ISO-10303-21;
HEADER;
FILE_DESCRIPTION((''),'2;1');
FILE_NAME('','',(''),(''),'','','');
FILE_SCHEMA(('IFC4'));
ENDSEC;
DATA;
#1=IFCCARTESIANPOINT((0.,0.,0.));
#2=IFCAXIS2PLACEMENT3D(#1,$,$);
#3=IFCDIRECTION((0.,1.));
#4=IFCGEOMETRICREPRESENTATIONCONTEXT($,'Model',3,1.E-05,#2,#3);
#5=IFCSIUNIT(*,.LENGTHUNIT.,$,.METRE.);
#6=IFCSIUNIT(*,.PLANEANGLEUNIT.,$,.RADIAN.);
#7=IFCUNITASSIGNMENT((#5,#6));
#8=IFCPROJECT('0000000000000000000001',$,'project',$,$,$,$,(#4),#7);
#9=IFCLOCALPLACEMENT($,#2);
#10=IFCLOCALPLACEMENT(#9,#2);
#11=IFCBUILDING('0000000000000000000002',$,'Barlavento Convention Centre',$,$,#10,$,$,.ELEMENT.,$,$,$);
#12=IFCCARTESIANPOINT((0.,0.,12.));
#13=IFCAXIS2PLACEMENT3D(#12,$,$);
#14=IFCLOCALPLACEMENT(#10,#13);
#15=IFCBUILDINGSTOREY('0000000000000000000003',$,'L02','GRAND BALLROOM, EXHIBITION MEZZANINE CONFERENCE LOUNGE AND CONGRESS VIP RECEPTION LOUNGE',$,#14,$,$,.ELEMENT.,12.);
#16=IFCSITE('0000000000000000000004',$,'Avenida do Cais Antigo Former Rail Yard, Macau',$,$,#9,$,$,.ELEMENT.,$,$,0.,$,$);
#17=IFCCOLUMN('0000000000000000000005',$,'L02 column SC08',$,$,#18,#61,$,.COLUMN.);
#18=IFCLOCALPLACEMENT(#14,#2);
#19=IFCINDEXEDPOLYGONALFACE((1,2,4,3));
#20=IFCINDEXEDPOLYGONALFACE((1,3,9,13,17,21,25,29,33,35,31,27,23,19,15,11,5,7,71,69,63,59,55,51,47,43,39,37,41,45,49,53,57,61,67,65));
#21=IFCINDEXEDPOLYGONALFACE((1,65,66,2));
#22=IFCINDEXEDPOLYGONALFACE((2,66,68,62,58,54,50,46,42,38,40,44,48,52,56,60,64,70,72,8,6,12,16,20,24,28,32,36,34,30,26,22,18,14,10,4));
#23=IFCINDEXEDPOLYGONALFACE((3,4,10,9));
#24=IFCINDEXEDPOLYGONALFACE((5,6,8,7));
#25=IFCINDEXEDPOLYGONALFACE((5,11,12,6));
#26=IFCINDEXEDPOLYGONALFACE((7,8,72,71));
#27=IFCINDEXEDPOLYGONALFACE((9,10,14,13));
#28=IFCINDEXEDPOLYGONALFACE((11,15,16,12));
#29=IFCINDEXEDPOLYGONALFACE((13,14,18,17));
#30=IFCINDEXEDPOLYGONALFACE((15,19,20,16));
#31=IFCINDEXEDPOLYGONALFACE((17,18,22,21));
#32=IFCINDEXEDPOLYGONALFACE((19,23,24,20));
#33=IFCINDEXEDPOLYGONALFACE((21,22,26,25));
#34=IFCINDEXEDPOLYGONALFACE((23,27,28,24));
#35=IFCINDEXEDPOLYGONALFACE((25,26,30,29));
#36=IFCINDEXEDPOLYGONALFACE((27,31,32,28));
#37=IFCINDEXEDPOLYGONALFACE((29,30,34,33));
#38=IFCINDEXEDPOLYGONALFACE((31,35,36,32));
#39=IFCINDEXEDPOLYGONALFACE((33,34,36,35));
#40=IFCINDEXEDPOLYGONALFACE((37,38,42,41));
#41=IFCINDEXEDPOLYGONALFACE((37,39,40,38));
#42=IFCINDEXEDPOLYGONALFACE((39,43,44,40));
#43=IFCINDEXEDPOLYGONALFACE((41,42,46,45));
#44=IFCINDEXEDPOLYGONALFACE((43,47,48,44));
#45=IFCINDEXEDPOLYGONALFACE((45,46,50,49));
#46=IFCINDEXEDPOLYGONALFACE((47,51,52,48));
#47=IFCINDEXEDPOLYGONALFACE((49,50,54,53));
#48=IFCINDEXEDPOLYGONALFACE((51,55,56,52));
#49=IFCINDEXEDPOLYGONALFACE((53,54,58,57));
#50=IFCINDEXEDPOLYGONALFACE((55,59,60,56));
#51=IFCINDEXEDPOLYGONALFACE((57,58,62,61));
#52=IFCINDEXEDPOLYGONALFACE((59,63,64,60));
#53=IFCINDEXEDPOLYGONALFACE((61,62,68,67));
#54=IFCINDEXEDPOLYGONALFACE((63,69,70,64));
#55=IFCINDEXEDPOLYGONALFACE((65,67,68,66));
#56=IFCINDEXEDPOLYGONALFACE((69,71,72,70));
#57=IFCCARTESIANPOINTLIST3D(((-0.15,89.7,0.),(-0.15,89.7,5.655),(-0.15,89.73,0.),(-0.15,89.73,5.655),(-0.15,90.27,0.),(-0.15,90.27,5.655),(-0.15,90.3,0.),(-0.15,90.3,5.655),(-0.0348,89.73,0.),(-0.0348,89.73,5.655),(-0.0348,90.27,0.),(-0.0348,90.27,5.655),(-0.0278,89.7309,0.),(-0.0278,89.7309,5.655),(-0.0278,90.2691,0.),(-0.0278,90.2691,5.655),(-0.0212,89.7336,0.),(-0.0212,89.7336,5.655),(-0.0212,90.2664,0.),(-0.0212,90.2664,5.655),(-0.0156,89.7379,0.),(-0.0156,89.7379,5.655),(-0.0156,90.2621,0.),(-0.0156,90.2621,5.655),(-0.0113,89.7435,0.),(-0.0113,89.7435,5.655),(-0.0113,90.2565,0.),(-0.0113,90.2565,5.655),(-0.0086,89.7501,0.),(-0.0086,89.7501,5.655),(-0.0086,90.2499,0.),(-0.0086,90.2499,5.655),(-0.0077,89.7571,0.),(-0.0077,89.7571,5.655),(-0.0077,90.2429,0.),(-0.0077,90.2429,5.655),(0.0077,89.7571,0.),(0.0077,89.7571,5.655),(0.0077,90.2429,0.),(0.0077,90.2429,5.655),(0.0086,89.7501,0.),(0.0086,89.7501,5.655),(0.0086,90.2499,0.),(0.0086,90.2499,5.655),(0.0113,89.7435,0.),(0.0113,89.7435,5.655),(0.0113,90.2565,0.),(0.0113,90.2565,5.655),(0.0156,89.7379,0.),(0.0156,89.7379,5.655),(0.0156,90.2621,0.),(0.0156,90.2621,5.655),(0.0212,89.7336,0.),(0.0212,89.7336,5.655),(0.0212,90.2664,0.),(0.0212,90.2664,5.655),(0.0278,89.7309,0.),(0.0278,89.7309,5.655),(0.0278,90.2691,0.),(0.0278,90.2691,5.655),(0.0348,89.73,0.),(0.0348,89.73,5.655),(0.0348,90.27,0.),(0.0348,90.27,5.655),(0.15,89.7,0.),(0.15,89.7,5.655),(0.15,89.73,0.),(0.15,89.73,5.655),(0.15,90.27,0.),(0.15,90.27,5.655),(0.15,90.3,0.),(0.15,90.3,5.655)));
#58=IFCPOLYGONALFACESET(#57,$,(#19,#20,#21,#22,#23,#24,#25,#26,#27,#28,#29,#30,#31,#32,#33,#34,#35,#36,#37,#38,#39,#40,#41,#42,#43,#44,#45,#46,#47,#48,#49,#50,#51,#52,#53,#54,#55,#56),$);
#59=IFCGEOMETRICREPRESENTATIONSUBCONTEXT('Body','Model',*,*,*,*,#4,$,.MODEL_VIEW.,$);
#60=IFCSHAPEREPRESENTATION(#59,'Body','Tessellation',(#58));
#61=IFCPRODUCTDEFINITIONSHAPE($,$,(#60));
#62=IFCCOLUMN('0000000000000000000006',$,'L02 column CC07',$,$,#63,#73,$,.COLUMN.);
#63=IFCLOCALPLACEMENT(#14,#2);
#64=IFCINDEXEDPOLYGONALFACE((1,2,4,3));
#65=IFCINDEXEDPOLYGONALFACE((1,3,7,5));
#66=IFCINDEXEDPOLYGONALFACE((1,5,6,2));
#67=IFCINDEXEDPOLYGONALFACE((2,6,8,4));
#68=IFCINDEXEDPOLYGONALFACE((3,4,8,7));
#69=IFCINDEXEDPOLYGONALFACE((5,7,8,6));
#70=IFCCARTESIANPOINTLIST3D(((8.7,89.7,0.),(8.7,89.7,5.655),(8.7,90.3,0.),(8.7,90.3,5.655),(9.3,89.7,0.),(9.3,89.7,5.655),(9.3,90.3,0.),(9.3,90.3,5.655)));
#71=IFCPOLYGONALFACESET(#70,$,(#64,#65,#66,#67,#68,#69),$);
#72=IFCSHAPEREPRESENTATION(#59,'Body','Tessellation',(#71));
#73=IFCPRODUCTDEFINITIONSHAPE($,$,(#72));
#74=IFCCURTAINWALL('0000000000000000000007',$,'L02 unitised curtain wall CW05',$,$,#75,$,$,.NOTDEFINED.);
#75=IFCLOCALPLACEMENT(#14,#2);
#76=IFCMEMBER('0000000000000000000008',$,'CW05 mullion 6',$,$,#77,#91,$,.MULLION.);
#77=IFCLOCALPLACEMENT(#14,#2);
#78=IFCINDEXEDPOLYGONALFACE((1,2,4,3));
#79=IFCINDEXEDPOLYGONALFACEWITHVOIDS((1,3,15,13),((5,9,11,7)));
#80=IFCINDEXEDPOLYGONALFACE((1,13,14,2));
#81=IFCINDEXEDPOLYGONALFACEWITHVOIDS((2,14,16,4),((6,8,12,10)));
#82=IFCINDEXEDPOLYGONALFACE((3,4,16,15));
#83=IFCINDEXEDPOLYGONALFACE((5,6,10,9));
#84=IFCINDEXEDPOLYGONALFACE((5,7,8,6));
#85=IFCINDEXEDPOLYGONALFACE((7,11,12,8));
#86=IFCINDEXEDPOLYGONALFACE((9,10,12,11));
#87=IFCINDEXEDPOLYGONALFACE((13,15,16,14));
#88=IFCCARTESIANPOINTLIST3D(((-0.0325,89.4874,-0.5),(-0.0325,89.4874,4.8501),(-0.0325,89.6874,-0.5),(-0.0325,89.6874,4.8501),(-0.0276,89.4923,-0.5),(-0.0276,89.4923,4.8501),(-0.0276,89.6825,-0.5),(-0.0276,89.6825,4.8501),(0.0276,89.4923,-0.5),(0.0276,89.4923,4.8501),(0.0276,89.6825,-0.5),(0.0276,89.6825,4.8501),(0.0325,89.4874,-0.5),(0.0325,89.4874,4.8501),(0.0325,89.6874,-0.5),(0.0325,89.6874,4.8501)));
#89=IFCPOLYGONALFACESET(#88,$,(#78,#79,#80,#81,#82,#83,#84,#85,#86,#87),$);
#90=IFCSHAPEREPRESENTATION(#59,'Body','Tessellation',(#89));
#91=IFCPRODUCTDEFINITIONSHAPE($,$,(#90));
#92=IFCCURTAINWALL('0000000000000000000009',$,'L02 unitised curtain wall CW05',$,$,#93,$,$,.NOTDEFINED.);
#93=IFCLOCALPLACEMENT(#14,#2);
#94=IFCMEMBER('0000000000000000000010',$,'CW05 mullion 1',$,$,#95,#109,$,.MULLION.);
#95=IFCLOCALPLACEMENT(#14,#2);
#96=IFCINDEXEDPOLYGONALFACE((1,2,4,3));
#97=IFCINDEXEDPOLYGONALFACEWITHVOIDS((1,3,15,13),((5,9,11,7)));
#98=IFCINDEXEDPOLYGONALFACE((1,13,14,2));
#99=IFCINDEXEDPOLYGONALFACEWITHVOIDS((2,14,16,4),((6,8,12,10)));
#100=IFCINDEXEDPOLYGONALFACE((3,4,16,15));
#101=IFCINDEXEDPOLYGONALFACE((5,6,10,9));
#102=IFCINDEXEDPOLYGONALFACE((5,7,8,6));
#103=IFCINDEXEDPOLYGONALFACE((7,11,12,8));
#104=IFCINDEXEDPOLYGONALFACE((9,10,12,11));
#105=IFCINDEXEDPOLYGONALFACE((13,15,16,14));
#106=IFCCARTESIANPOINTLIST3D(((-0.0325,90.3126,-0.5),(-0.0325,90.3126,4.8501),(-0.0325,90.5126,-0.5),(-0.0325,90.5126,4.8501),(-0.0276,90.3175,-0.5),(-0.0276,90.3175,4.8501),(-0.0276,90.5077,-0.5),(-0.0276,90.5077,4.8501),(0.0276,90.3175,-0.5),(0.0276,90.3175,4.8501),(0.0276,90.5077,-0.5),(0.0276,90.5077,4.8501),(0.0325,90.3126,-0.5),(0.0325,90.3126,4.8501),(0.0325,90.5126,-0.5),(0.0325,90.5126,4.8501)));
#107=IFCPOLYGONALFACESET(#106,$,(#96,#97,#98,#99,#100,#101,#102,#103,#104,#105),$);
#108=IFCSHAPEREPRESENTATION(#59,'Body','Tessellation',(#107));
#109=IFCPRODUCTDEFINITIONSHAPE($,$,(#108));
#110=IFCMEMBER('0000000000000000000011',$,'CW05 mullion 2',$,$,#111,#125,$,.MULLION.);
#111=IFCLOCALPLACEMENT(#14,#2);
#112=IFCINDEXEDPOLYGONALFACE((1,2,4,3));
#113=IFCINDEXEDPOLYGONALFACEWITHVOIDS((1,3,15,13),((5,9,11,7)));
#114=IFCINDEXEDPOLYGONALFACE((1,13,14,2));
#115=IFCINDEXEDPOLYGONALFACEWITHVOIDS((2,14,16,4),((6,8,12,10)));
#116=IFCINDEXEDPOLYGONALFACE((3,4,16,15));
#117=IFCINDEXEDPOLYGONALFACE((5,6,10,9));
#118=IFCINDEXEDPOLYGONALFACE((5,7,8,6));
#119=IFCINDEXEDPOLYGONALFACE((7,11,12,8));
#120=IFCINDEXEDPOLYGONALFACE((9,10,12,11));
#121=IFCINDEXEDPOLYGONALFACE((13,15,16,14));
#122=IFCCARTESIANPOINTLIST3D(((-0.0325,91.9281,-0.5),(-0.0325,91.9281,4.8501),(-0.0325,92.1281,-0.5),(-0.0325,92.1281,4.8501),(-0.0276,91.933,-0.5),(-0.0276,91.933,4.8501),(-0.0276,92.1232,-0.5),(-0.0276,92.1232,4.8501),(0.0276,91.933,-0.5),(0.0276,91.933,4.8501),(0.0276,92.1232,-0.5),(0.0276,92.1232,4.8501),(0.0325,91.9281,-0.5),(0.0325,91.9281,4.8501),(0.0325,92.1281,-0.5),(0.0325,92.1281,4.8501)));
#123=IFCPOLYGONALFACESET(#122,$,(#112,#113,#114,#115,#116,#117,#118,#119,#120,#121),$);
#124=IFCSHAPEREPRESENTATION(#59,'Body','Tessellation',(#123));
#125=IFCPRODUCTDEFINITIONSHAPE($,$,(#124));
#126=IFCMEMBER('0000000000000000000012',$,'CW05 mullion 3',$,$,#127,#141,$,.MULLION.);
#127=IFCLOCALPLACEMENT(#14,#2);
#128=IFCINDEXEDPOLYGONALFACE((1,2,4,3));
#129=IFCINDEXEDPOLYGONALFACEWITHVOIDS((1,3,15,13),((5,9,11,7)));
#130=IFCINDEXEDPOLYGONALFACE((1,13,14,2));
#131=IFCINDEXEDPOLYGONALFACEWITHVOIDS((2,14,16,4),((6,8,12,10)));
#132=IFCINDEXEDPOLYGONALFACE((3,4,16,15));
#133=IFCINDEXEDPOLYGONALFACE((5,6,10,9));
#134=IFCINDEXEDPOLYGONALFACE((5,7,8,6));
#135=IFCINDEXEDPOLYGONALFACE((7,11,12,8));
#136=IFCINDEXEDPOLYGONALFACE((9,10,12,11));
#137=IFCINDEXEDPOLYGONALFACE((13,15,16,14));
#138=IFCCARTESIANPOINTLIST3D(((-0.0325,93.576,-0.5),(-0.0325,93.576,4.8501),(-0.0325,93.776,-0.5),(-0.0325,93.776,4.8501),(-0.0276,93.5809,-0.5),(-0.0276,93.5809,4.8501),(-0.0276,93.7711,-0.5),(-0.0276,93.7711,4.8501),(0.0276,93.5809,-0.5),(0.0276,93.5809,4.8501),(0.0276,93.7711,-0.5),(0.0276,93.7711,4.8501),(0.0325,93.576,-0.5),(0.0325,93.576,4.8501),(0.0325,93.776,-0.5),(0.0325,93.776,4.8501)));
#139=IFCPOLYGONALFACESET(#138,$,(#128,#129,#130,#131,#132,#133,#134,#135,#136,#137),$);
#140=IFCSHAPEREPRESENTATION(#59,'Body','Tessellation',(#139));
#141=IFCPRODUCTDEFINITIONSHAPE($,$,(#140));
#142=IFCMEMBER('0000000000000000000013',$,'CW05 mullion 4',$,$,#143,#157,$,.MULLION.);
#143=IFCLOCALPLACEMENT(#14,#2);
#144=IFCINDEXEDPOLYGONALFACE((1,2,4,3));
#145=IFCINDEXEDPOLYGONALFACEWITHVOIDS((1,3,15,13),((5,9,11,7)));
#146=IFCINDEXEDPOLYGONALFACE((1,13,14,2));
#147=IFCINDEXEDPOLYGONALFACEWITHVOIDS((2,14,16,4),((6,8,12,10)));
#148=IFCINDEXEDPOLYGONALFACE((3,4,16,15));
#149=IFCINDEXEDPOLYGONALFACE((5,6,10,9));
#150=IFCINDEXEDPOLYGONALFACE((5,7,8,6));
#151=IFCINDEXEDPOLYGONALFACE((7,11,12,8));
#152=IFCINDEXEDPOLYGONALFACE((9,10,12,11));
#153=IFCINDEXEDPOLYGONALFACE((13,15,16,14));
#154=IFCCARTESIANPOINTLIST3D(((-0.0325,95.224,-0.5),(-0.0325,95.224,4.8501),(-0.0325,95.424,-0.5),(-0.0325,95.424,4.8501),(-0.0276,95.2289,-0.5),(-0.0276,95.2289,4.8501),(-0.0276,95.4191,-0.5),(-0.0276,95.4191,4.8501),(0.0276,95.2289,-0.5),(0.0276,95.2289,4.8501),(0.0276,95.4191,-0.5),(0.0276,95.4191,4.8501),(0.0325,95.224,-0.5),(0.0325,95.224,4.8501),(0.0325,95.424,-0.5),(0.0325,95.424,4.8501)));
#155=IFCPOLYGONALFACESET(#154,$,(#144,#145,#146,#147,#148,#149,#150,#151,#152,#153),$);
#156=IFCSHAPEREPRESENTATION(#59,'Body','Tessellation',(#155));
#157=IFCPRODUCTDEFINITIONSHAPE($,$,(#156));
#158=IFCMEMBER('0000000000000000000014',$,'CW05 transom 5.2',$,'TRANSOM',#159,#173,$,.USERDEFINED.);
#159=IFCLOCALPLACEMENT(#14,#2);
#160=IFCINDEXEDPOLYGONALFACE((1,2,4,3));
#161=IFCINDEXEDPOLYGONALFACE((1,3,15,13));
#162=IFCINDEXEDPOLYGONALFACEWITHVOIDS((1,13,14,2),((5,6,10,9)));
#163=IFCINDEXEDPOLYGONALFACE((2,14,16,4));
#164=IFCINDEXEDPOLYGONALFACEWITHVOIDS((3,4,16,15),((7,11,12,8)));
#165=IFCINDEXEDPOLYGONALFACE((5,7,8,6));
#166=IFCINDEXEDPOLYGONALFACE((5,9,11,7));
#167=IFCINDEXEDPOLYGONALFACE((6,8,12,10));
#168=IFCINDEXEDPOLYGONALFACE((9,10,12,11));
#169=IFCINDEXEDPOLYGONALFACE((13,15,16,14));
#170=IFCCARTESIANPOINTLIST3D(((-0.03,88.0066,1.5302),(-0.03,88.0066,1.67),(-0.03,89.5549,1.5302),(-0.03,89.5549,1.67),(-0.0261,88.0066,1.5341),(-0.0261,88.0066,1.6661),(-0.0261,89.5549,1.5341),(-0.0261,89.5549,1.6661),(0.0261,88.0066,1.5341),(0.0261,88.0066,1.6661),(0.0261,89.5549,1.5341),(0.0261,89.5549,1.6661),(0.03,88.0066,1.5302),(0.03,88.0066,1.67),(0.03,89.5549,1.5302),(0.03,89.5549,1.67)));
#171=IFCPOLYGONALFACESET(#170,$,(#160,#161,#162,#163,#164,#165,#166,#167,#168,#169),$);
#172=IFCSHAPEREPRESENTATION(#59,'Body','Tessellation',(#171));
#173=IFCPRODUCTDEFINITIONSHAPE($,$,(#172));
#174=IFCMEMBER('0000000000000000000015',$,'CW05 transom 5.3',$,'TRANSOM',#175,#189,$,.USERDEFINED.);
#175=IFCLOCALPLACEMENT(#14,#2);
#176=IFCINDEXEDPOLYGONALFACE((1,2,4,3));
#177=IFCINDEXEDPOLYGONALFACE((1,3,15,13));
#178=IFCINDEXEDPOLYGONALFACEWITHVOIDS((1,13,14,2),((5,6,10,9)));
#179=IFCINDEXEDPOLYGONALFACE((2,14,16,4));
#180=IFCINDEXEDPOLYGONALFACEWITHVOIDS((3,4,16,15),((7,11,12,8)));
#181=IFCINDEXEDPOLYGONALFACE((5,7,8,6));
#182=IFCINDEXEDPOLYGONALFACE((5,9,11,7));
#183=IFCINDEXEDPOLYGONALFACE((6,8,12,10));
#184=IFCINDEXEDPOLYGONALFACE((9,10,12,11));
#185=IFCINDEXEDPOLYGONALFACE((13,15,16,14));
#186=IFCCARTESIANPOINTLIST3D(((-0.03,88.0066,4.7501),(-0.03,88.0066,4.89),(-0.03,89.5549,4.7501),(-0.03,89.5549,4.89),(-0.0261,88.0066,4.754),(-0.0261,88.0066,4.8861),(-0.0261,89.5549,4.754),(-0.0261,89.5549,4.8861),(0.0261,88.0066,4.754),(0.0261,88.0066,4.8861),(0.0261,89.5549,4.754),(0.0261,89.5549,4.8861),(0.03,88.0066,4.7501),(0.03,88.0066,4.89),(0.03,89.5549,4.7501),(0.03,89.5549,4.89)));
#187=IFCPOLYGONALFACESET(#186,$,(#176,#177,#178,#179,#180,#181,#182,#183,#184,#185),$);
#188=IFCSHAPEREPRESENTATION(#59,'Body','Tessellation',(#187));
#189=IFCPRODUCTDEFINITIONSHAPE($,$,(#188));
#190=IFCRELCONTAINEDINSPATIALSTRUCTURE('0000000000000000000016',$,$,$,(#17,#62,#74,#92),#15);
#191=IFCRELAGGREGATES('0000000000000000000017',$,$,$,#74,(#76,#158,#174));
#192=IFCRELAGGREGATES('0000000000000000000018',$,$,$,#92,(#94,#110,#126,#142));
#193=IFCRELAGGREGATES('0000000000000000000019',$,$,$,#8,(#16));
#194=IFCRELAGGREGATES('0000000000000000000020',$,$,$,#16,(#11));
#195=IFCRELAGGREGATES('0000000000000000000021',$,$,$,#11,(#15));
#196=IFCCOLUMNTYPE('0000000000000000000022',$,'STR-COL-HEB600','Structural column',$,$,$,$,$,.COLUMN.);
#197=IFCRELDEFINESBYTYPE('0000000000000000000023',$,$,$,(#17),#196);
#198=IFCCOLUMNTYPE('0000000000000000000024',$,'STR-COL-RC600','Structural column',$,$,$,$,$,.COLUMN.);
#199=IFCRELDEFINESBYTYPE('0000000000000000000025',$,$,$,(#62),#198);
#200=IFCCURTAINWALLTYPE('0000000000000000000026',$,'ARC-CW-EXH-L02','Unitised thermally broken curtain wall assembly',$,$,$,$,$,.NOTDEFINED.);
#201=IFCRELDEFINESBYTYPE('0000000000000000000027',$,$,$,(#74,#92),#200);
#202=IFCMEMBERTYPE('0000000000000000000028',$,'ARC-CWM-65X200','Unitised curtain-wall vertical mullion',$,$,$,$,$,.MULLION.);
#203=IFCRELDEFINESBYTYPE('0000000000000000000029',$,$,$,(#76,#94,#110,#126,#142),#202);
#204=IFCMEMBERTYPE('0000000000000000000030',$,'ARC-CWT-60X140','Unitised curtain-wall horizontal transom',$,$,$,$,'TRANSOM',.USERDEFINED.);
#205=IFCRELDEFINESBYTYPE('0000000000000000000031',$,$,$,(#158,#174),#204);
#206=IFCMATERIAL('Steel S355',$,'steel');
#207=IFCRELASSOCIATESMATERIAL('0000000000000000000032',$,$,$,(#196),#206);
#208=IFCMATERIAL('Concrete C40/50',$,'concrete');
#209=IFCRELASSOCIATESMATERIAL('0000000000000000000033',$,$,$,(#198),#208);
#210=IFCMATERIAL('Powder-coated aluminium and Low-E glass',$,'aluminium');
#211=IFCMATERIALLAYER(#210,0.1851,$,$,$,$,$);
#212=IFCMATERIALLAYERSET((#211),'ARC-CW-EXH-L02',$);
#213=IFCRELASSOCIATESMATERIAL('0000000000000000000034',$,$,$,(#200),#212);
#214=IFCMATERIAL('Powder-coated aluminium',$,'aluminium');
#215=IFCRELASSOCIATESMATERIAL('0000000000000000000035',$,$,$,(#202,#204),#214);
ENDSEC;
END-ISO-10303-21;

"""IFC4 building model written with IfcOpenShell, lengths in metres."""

from ifc_helpers import new_model, si_unit, direction, frame, origin, origin_2d, place, context, subcontext, project, spatial, rectangle, hollow_rectangle, i_section, extrude, material, layer, layer_set, material_profile, profile_set, type_object, element, aggregate, save


model = new_model("IFC4")

# Units and contexts
model_context = context("Model", 3, precision=1e-05, world=origin(), true_north=direction((0.0, 1.0)))
body_context = subcontext(model_context, "Body", "Model", "MODEL_VIEW")
ifc_project = project(units=[si_unit("LENGTHUNIT", "METRE"), si_unit("PLANEANGLEUNIT", "RADIAN")], contexts=[model_context])

# Site, building, storey
site_placement = place(None, origin())
site = spatial("IfcSite", under=ifc_project, at=site_placement, Name="Avenida do Cais Antigo Former Rail Yard, Macau", CompositionType="ELEMENT", RefElevation=0.0)
building_placement = place(site_placement, origin())
building = spatial("IfcBuilding", under=site, at=building_placement, Name="Barlavento Convention Centre", CompositionType="ELEMENT")
storey_placement = place(building_placement, frame((0.0, 0.0, 12.0)))
storey = spatial("IfcBuildingStorey", under=building, at=storey_placement, Name="L02", Description="GRAND BALLROOM, EXHIBITION MEZZANINE CONFERENCE LOUNGE AND CONGRESS VIP RECEPTION LOUNGE", CompositionType="ELEMENT", Elevation=12.0)

# Columns
ifc_material_1 = material(Name="Steel S355", Category="steel")
ifc_material_profile_1 = material_profile(ifc_material_1, i_section(OverallWidth=0.3, OverallDepth=0.6001, WebThickness=0.0154, FlangeThickness=0.03, FilletRadius=0.0271, at=origin_2d()), Name="HEB 600")
ifc_profile_set_1 = profile_set([ifc_material_profile_1], Name="Steel S355")
column_type_1 = type_object("IfcColumnType", Name="STR-COL-HEB600", Description="Structural column", PredefinedType="COLUMN", material=ifc_profile_set_1)
column_1_placement = place(storey_placement, frame((0.0, 90.0, 0.0), z_axis=(0.0, 0.0, 1.0), x_axis=(1.0, 0.0, 0.0)))
element("IfcColumn", 1, at=column_1_placement, inside=storey, type_object=column_type_1, Name="L02 column SC08", PredefinedType="COLUMN", context=body_context, shape_type="SweptSolid", body=[
    extrude(i_section(OverallWidth=0.3, OverallDepth=0.6001, WebThickness=0.0154, FlangeThickness=0.03, FilletRadius=0.0271, at=origin_2d()), origin(), (0.0, 0.0, 1.0), 5.655),
])
ifc_material_2 = material(Name="Concrete C40/50", Category="concrete")
ifc_material_profile_2 = material_profile(ifc_material_2, rectangle(XDim=0.6001, YDim=0.6001, at=origin_2d()), Name="RC 600x600")
ifc_profile_set_2 = profile_set([ifc_material_profile_2], Name="Concrete C40/50")
column_type_2 = type_object("IfcColumnType", Name="STR-COL-RC600", Description="Structural column", PredefinedType="COLUMN", material=ifc_profile_set_2)
column_2_placement = place(storey_placement, frame((9.0, 90.0, 0.0), z_axis=(0.0, 0.0, 1.0), x_axis=(1.0, 0.0, 0.0)))
element("IfcColumn", 2, at=column_2_placement, inside=storey, type_object=column_type_2, Name="L02 column CC07", PredefinedType="COLUMN", context=body_context, shape_type="SweptSolid", body=[
    extrude(rectangle(XDim=0.6001, YDim=0.6001, at=origin_2d()), origin(), (0.0, 0.0, 1.0), 5.655),
])

# Curtain wall, member
ifc_material_3 = material(Name="Powder-coated aluminium and Low-E glass", Category="aluminium")
ifc_layer_1 = layer(ifc_material_3, 0.1851)
ifc_layer_set_1 = layer_set([ifc_layer_1], Name="ARC-CW-EXH-L02")
curtain_wall_type = type_object("IfcCurtainWallType", Name="ARC-CW-EXH-L02", Description="Unitised thermally broken curtain wall assembly", PredefinedType="NOTDEFINED", material=ifc_layer_set_1)
curtain_wall_1_placement = place(storey_placement, origin())
curtain_wall_1 = element("IfcCurtainWall", 3, at=curtain_wall_1_placement, inside=storey, type_object=curtain_wall_type, Name="L02 unitised curtain wall CW05", PredefinedType="NOTDEFINED")
ifc_material_4 = material(Name="Powder-coated aluminium", Category="aluminium")
ifc_material_profile_3 = material_profile(ifc_material_4, hollow_rectangle(XDim=0.0649, YDim=0.2, WallThickness=0.0049, at=origin_2d()), Name="AL-MULL 65x200x5")
ifc_profile_set_3 = profile_set([ifc_material_profile_3], Name="Powder-coated aluminium")
member_type_1 = type_object("IfcMemberType", Name="ARC-CWM-65X200", Description="Unitised curtain-wall vertical mullion", PredefinedType="MULLION", material=ifc_profile_set_3)
member_1_placement = place(storey_placement, frame((0.0, 89.5874, -0.5), z_axis=(0.0, 0.0, 1.0), x_axis=(-1.0, 0.0, 0.0)))
member_1 = element("IfcMember", 4, at=member_1_placement, type_object=member_type_1, Name="CW05 mullion 6", PredefinedType="MULLION", context=body_context, shape_type="SweptSolid", body=[
    extrude(hollow_rectangle(XDim=0.0649, YDim=0.2, WallThickness=0.0049, at=origin_2d()), origin(), (0.0, 0.0, 1.0), 5.3501),
])

# Curtain wall, members
curtain_wall_2_placement = place(storey_placement, origin())
curtain_wall_2 = element("IfcCurtainWall", 5, at=curtain_wall_2_placement, inside=storey, type_object=curtain_wall_type, Name="L02 unitised curtain wall CW05", PredefinedType="NOTDEFINED")
member_2_placement = place(storey_placement, frame((0.0, 90.4126, -0.5), z_axis=(0.0, 0.0, 1.0), x_axis=(-1.0, 0.0, 0.0)))
member_2 = element("IfcMember", 6, at=member_2_placement, type_object=member_type_1, Name="CW05 mullion 1", PredefinedType="MULLION", context=body_context, shape_type="SweptSolid", body=[
    extrude(hollow_rectangle(XDim=0.0649, YDim=0.2, WallThickness=0.0049, at=origin_2d()), origin(), (0.0, 0.0, 1.0), 5.3501),
])
member_3_placement = place(storey_placement, frame((0.0, 92.0281, -0.5), z_axis=(0.0, 0.0, 1.0), x_axis=(-1.0, 0.0, 0.0)))
member_3 = element("IfcMember", 7, at=member_3_placement, type_object=member_type_1, Name="CW05 mullion 2", PredefinedType="MULLION", context=body_context, shape_type="SweptSolid", body=[
    extrude(hollow_rectangle(XDim=0.0649, YDim=0.2, WallThickness=0.0049, at=origin_2d()), origin(), (0.0, 0.0, 1.0), 5.3501),
])
member_4_placement = place(storey_placement, frame((0.0, 93.676, -0.5), z_axis=(0.0, 0.0, 1.0), x_axis=(-1.0, 0.0, 0.0)))
member_4 = element("IfcMember", 8, at=member_4_placement, type_object=member_type_1, Name="CW05 mullion 3", PredefinedType="MULLION", context=body_context, shape_type="SweptSolid", body=[
    extrude(hollow_rectangle(XDim=0.0649, YDim=0.2, WallThickness=0.0049, at=origin_2d()), origin(), (0.0, 0.0, 1.0), 5.3501),
])
member_5_placement = place(storey_placement, frame((0.0, 95.324, -0.5), z_axis=(0.0, 0.0, 1.0), x_axis=(-1.0, 0.0, 0.0)))
member_5 = element("IfcMember", 9, at=member_5_placement, type_object=member_type_1, Name="CW05 mullion 4", PredefinedType="MULLION", context=body_context, shape_type="SweptSolid", body=[
    extrude(hollow_rectangle(XDim=0.0649, YDim=0.2, WallThickness=0.0049, at=origin_2d()), origin(), (0.0, 0.0, 1.0), 5.3501),
])

# Members
ifc_material_profile_4 = material_profile(ifc_material_4, hollow_rectangle(XDim=0.0601, YDim=0.1399, WallThickness=0.0039, at=origin_2d()), Name="AL-TRAN 60x140x4")
ifc_profile_set_4 = profile_set([ifc_material_profile_4], Name="Powder-coated aluminium")
member_type_2 = type_object("IfcMemberType", Name="ARC-CWT-60X140", Description="Unitised curtain-wall horizontal transom", ElementType="TRANSOM", PredefinedType="USERDEFINED", material=ifc_profile_set_4)
member_6_placement = place(storey_placement, frame((0.0, 88.0066, 1.6001), z_axis=(0.0, 1.0, 0.0), x_axis=(-1.0, 0.0, 0.0)))
member_6 = element("IfcMember", 10, at=member_6_placement, type_object=member_type_2, Name="CW05 transom 5.2", ObjectType="TRANSOM", PredefinedType="USERDEFINED", context=body_context, shape_type="SweptSolid", body=[
    extrude(hollow_rectangle(XDim=0.0601, YDim=0.1399, WallThickness=0.0039, at=origin_2d()), origin(), (0.0, 0.0, 1.0), 1.5483),
])
member_7_placement = place(storey_placement, frame((0.0, 88.0066, 4.8201), z_axis=(0.0, 1.0, 0.0), x_axis=(-1.0, 0.0, 0.0)))
member_7 = element("IfcMember", 11, at=member_7_placement, type_object=member_type_2, Name="CW05 transom 5.3", ObjectType="TRANSOM", PredefinedType="USERDEFINED", context=body_context, shape_type="SweptSolid", body=[
    extrude(hollow_rectangle(XDim=0.0601, YDim=0.1399, WallThickness=0.0039, at=origin_2d()), origin(), (0.0, 0.0, 1.0), 1.5483),
])

aggregate(curtain_wall_1, [member_1, member_6, member_7])
aggregate(curtain_wall_2, [member_2, member_3, member_4, member_5])

save(model, "model.ifc")
